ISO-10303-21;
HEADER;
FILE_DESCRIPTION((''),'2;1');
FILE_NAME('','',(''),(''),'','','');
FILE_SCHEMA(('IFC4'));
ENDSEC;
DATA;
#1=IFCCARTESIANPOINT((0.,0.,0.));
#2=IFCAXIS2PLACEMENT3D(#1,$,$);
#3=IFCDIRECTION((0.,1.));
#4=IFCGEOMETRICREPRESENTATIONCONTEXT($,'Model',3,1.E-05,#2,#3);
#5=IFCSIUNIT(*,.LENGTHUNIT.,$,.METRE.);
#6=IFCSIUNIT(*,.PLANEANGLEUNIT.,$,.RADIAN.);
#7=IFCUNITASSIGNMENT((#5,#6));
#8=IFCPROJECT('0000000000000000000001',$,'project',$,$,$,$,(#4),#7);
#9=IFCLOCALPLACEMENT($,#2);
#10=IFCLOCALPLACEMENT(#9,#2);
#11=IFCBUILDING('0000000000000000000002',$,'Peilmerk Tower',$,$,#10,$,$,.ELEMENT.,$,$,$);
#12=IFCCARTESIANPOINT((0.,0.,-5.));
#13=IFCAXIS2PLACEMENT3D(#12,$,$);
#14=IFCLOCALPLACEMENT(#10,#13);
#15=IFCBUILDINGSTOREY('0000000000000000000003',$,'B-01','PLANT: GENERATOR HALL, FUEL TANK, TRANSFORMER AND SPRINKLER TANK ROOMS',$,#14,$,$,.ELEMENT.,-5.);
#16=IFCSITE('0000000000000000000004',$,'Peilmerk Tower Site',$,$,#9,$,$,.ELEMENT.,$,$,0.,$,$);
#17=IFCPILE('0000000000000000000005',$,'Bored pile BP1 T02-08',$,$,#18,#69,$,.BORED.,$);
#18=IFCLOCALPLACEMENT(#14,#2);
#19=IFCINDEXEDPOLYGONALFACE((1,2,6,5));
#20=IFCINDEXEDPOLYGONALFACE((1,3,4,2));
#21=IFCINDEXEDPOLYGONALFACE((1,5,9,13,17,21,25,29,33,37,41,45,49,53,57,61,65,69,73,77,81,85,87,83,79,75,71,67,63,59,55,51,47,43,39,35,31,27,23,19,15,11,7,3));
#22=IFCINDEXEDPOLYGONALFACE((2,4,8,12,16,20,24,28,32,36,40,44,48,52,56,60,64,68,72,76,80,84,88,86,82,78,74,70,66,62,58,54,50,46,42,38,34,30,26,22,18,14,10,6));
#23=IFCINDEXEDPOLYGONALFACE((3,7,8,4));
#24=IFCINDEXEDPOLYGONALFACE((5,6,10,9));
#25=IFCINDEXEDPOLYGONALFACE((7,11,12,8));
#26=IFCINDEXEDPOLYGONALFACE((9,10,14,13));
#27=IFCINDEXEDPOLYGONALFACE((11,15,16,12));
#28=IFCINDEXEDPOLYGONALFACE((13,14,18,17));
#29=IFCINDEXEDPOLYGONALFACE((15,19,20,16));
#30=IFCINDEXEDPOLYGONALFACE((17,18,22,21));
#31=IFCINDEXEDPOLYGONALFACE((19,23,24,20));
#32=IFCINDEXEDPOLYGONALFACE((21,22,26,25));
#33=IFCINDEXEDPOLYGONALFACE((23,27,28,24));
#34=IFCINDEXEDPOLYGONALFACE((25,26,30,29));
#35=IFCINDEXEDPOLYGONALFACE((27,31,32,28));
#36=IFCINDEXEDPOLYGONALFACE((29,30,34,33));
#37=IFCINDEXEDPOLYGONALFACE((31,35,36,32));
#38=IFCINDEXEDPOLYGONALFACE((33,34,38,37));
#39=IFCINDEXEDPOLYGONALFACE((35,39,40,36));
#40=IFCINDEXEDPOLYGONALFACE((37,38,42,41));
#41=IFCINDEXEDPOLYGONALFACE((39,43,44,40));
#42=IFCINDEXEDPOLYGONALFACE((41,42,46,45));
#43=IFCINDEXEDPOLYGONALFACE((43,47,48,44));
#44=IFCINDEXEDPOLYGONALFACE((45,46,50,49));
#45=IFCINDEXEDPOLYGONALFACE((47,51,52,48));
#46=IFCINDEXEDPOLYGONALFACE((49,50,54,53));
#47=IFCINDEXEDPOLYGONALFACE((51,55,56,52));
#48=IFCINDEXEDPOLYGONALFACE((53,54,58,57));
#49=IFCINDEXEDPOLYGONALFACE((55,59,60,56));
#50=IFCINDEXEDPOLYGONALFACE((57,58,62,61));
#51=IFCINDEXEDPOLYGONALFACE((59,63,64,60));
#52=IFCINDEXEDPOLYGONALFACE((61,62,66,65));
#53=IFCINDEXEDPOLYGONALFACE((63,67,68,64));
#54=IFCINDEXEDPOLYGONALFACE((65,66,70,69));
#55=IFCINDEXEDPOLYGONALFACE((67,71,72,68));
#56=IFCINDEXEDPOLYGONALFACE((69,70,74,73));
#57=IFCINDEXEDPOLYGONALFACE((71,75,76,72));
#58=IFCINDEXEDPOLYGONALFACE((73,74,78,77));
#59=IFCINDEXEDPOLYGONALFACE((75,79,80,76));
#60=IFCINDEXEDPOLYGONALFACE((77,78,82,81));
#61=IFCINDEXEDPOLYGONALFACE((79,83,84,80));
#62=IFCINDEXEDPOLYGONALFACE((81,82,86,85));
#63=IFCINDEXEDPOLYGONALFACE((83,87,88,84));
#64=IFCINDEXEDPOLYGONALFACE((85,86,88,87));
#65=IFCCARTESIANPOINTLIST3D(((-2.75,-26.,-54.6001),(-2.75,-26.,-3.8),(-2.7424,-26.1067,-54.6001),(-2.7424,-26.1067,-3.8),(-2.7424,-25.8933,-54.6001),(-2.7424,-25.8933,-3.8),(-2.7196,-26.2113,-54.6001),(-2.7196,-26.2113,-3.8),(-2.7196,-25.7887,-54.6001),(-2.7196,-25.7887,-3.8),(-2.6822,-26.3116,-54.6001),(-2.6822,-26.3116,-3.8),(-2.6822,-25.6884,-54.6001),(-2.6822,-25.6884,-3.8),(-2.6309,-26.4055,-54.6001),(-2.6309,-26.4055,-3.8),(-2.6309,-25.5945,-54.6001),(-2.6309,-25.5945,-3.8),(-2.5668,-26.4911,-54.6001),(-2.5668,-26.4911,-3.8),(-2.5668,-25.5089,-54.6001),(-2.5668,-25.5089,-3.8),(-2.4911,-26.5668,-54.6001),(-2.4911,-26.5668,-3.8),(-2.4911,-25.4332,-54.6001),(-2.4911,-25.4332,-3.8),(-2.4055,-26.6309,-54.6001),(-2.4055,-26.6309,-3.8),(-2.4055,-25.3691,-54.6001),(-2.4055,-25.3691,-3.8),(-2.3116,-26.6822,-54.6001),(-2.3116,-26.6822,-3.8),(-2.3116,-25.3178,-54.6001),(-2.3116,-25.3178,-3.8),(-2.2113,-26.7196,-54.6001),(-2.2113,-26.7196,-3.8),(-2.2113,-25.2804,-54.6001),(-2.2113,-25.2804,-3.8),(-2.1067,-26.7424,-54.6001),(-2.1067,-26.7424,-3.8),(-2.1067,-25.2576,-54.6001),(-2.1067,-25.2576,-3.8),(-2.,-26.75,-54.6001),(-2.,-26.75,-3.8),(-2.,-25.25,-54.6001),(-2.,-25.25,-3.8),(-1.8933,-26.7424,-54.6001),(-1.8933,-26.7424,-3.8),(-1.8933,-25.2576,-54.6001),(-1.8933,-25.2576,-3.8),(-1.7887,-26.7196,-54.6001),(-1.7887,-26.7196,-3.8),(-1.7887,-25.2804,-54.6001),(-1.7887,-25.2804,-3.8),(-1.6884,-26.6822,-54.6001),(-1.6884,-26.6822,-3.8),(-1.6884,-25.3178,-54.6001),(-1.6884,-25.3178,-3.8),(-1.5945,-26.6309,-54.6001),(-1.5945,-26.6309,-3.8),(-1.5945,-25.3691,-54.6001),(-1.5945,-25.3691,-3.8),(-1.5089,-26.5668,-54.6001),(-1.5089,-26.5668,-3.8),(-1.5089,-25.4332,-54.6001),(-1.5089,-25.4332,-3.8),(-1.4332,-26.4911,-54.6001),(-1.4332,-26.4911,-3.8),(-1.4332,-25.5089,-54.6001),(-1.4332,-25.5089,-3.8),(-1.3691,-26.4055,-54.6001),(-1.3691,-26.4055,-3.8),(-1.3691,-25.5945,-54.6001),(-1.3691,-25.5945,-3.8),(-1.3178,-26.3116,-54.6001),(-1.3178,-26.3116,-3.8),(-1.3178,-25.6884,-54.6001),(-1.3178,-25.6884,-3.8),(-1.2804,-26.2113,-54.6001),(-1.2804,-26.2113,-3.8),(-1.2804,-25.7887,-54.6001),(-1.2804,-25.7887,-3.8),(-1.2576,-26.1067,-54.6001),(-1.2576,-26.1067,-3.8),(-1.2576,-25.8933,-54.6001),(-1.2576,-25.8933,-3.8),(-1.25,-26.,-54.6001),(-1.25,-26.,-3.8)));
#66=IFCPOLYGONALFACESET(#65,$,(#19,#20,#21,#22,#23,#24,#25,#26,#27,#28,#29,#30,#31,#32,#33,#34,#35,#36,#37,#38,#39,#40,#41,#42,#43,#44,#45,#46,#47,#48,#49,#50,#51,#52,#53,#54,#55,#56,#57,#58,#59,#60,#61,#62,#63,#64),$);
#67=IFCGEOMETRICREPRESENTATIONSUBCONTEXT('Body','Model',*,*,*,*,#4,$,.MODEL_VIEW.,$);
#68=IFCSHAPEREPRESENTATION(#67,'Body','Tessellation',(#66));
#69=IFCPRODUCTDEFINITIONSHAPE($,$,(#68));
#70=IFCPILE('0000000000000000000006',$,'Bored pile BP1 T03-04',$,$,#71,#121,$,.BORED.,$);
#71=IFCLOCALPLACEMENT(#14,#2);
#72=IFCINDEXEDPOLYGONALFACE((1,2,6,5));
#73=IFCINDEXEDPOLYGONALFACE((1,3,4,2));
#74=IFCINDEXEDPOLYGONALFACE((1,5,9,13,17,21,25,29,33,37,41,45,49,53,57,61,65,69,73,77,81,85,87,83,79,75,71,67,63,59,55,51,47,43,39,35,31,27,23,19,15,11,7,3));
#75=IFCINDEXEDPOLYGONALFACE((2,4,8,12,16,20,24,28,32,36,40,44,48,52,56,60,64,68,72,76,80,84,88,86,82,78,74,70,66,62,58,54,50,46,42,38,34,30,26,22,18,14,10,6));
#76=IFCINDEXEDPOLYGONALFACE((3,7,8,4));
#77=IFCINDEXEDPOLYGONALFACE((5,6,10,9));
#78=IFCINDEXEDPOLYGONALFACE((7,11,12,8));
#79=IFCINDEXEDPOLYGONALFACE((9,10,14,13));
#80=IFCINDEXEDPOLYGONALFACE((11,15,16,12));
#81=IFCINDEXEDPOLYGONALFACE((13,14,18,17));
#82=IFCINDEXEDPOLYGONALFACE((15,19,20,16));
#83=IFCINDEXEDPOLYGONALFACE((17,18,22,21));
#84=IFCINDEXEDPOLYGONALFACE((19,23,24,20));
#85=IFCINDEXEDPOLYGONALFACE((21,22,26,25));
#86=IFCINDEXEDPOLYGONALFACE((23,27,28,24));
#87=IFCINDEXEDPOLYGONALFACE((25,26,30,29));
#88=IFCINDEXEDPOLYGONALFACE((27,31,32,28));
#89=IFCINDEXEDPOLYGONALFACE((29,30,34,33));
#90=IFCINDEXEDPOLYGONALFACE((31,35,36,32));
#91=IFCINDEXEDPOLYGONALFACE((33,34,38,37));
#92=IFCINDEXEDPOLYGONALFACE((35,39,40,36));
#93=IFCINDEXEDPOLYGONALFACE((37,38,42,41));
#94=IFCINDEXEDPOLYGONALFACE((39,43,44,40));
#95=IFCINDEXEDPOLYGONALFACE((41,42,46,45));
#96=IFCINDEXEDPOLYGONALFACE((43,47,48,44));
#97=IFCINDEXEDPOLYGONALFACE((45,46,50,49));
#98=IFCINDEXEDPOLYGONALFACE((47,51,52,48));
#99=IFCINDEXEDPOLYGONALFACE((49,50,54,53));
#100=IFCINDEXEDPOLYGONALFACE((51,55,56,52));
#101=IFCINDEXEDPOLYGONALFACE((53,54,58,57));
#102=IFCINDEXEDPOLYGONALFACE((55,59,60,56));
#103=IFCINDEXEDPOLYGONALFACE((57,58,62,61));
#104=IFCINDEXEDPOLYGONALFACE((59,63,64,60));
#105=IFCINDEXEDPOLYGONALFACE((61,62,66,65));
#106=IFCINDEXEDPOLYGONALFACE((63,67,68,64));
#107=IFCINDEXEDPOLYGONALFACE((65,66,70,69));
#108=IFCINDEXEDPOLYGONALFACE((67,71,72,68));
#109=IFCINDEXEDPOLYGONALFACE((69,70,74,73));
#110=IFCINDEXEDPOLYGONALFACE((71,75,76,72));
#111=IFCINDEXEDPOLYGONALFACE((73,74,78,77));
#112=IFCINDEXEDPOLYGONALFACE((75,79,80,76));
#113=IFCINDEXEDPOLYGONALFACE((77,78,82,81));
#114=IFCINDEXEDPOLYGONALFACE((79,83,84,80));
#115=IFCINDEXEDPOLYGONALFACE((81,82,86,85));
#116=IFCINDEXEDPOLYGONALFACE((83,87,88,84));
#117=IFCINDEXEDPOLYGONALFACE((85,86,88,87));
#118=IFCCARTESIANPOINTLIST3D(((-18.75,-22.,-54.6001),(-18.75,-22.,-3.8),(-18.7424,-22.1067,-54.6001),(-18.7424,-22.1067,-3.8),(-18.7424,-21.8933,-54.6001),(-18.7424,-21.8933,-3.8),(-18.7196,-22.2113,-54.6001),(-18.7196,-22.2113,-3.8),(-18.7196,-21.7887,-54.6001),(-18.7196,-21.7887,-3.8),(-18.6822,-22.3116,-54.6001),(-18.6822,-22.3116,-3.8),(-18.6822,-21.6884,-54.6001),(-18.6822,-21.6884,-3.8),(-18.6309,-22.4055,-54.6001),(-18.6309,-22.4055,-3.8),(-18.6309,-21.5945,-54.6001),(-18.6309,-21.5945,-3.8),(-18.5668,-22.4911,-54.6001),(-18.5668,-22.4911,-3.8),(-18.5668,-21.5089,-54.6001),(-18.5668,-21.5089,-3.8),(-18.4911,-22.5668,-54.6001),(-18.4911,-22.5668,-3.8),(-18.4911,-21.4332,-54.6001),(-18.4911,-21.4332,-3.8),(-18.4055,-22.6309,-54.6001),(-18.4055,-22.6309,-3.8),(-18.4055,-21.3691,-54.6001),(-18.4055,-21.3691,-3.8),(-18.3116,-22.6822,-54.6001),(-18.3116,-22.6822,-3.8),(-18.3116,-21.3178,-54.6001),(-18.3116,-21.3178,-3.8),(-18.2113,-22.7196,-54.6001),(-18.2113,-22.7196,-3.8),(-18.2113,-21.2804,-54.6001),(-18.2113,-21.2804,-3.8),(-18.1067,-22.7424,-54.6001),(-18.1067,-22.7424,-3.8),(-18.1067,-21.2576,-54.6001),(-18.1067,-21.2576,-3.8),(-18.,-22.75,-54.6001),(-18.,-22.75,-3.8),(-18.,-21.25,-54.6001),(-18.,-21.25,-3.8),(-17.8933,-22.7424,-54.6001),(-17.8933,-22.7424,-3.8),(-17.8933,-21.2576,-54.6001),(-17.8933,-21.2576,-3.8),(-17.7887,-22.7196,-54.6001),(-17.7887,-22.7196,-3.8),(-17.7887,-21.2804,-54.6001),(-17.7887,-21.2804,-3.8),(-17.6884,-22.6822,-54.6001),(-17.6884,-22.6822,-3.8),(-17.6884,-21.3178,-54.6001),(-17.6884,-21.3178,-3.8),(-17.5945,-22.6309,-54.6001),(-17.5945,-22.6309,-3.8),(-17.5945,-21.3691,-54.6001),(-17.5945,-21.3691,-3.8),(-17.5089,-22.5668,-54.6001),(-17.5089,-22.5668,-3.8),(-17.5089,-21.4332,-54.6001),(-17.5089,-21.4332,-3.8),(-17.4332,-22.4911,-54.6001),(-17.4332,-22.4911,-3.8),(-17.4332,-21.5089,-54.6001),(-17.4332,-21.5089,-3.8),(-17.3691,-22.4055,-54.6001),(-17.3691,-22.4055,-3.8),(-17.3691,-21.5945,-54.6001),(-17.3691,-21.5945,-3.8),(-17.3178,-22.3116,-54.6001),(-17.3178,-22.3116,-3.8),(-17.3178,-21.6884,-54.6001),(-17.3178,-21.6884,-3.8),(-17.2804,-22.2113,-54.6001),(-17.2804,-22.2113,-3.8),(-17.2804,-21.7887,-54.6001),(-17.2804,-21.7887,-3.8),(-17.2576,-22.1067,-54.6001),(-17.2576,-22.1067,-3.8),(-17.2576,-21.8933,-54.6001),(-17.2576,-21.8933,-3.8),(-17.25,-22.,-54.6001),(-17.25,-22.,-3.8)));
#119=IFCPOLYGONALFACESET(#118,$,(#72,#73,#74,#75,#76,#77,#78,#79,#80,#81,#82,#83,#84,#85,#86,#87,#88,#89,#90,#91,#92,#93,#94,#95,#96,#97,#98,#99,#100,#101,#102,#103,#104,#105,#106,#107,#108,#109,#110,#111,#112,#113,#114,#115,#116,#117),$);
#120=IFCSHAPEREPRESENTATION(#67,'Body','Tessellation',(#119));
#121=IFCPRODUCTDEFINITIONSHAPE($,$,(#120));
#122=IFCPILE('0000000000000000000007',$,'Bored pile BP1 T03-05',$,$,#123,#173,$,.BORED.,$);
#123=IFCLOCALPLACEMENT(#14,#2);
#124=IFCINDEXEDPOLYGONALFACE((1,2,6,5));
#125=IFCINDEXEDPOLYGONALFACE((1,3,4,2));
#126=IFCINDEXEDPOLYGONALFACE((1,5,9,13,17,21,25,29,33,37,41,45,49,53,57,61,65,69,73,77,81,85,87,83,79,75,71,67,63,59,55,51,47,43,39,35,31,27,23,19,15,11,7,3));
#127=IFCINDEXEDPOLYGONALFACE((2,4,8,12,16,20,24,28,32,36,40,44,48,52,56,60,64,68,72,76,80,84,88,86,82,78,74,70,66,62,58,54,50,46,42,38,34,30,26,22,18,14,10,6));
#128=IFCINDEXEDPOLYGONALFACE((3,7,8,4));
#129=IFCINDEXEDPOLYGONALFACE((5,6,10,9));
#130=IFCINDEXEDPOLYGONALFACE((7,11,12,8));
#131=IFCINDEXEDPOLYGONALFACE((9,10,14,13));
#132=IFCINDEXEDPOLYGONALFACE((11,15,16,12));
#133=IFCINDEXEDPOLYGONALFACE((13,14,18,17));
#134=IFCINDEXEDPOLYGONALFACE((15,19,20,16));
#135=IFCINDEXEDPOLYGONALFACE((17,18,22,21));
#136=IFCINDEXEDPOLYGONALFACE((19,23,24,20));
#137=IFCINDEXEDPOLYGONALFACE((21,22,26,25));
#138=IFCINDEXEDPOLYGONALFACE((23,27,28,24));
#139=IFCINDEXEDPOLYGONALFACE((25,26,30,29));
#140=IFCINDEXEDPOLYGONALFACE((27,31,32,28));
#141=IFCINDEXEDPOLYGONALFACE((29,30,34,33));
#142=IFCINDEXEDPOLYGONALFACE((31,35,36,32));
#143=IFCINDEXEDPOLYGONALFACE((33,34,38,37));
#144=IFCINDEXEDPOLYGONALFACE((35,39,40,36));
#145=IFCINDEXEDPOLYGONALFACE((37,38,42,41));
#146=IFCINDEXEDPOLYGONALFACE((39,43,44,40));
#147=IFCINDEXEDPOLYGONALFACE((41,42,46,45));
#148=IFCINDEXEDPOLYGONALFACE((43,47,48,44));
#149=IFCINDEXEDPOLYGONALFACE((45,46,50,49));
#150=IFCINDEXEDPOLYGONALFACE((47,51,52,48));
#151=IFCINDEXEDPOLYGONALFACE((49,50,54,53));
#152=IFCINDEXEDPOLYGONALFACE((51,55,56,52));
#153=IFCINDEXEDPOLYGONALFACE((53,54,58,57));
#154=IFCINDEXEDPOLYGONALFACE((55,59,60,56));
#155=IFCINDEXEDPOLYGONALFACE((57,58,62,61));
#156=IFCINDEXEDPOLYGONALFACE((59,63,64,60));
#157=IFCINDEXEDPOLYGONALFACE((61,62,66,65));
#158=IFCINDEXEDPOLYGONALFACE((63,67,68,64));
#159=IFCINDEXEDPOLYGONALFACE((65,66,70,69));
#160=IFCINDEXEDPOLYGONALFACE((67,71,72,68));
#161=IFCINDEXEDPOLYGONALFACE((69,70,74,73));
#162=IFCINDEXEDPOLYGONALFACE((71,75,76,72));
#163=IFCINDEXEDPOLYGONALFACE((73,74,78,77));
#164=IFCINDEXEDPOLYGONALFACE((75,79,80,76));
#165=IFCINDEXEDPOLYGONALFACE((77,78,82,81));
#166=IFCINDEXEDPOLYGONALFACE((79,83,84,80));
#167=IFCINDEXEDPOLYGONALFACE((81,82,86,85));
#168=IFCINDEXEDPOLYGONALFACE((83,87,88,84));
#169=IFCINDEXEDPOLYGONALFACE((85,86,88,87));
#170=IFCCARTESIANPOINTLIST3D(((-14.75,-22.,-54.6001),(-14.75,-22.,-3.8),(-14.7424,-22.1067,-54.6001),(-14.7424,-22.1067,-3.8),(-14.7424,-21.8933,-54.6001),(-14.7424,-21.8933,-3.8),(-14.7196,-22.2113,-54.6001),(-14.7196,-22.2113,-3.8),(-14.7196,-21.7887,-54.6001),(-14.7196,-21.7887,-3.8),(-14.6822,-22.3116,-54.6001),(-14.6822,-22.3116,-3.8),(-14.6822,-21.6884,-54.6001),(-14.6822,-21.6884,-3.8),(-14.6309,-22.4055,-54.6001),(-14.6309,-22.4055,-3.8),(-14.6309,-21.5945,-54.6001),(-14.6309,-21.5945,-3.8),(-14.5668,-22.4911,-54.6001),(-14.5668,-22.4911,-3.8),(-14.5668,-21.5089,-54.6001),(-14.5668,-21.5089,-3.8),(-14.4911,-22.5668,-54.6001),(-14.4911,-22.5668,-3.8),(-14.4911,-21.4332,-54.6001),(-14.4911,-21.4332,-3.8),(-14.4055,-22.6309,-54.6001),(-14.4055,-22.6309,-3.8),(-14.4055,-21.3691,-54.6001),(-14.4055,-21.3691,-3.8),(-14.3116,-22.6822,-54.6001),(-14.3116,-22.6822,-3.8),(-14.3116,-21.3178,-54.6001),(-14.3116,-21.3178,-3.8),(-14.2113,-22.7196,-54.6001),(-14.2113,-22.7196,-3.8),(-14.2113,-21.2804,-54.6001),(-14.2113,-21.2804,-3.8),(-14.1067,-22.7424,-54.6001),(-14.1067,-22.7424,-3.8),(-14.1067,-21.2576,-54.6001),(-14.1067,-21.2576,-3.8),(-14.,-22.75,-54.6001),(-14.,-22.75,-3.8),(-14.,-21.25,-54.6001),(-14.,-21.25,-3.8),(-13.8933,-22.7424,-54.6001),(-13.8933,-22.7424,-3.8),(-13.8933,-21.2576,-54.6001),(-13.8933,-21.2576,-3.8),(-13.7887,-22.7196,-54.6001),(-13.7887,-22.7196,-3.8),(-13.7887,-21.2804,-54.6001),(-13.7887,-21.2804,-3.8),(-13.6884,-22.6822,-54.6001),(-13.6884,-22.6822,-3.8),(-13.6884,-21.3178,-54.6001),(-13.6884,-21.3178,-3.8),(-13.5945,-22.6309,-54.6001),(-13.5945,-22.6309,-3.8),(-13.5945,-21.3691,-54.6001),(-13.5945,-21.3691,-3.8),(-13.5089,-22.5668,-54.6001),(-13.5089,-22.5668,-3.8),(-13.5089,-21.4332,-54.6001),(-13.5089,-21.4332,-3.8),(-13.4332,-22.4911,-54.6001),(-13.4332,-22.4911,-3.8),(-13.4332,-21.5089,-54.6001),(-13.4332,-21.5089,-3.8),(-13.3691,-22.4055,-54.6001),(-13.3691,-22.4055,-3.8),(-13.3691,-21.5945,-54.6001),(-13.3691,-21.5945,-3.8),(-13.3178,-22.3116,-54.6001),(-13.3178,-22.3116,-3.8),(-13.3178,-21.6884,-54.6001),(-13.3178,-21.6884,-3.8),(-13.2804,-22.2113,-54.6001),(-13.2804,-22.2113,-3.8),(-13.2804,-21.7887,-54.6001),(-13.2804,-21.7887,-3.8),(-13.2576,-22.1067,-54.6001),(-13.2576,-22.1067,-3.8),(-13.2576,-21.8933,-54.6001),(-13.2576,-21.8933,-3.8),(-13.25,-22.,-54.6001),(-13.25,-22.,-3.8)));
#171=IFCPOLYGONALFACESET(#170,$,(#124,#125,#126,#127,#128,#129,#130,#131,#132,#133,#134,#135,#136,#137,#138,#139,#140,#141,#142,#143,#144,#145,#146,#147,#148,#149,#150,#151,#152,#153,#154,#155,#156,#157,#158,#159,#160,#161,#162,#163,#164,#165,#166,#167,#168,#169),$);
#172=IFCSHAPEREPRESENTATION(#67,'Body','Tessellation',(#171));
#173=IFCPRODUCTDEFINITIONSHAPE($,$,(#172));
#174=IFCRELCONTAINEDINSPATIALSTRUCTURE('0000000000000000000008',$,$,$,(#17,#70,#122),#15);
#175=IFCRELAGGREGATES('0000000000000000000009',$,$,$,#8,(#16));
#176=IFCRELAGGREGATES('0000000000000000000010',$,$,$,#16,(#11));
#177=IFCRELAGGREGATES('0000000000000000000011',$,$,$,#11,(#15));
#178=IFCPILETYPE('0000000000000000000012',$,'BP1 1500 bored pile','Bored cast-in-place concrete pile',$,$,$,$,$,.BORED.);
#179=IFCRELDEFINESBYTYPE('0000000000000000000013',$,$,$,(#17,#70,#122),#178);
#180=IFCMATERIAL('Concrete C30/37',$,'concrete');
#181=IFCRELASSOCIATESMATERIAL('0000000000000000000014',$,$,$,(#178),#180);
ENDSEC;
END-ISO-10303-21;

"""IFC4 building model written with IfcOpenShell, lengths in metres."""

from ifc_helpers import new_model, si_unit, direction, frame, origin, origin_2d, place, context, subcontext, project, spatial, circle, extrude, material, material_profile, profile_set, type_object, element, save


model = new_model("IFC4")

# Units and contexts
model_context = context("Model", 3, precision=1e-05, world=origin(), true_north=direction((0.0, 1.0)))
body_context = subcontext(model_context, "Body", "Model", "MODEL_VIEW")
ifc_project = project(units=[si_unit("LENGTHUNIT", "METRE"), si_unit("PLANEANGLEUNIT", "RADIAN")], contexts=[model_context])

# Site, building, storey
site_placement = place(None, origin())
site = spatial("IfcSite", under=ifc_project, at=site_placement, Name="Peilmerk Tower Site", CompositionType="ELEMENT", RefElevation=0.0)
building_placement = place(site_placement, origin())
building = spatial("IfcBuilding", under=site, at=building_placement, Name="Peilmerk Tower", CompositionType="ELEMENT")
storey_placement = place(building_placement, frame((0.0, 0.0, -5.0)))
storey = spatial("IfcBuildingStorey", under=building, at=storey_placement, Name="B-01", Description="PLANT: GENERATOR HALL, FUEL TANK, TRANSFORMER AND SPRINKLER TANK ROOMS", CompositionType="ELEMENT", Elevation=-5.0)

# Piles
ifc_material_1 = material(Name="Concrete C30/37", Category="concrete")
ifc_material_profile_1 = material_profile(ifc_material_1, circle(Radius=0.75, at=origin_2d()), Name="BP 1500")
ifc_profile_set_1 = profile_set([ifc_material_profile_1], Name="Concrete C30/37")
pile_type = type_object("IfcPileType", Name="BP1 1500 bored pile", Description="Bored cast-in-place concrete pile", PredefinedType="BORED", material=ifc_profile_set_1)
for number, where, z_axis, x_axis, name in (
    (1, (-2.0, -26.0, -3.8), (0.0, 0.0, -1.0), (1.0, 0.0, 0.0), "Bored pile BP1 T02-08"),
    (2, (-18.0, -22.0, -3.8), (0.0, 0.0, -1.0), (1.0, 0.0, 0.0), "Bored pile BP1 T03-04"),
    (3, (-14.0, -22.0, -3.8), (0.0, 0.0, -1.0), (1.0, 0.0, 0.0), "Bored pile BP1 T03-05"),
):
    element("IfcPile", number, at=place(storey_placement, frame(where, z_axis=z_axis, x_axis=x_axis)), inside=storey, type_object=pile_type, Name=name, PredefinedType="BORED", context=body_context, shape_type="SweptSolid", body=[
        extrude(circle(Radius=0.75, at=origin_2d()), origin(), (0.0, 0.0, 1.0), 50.8),
    ])

save(model, "model.ifc")
